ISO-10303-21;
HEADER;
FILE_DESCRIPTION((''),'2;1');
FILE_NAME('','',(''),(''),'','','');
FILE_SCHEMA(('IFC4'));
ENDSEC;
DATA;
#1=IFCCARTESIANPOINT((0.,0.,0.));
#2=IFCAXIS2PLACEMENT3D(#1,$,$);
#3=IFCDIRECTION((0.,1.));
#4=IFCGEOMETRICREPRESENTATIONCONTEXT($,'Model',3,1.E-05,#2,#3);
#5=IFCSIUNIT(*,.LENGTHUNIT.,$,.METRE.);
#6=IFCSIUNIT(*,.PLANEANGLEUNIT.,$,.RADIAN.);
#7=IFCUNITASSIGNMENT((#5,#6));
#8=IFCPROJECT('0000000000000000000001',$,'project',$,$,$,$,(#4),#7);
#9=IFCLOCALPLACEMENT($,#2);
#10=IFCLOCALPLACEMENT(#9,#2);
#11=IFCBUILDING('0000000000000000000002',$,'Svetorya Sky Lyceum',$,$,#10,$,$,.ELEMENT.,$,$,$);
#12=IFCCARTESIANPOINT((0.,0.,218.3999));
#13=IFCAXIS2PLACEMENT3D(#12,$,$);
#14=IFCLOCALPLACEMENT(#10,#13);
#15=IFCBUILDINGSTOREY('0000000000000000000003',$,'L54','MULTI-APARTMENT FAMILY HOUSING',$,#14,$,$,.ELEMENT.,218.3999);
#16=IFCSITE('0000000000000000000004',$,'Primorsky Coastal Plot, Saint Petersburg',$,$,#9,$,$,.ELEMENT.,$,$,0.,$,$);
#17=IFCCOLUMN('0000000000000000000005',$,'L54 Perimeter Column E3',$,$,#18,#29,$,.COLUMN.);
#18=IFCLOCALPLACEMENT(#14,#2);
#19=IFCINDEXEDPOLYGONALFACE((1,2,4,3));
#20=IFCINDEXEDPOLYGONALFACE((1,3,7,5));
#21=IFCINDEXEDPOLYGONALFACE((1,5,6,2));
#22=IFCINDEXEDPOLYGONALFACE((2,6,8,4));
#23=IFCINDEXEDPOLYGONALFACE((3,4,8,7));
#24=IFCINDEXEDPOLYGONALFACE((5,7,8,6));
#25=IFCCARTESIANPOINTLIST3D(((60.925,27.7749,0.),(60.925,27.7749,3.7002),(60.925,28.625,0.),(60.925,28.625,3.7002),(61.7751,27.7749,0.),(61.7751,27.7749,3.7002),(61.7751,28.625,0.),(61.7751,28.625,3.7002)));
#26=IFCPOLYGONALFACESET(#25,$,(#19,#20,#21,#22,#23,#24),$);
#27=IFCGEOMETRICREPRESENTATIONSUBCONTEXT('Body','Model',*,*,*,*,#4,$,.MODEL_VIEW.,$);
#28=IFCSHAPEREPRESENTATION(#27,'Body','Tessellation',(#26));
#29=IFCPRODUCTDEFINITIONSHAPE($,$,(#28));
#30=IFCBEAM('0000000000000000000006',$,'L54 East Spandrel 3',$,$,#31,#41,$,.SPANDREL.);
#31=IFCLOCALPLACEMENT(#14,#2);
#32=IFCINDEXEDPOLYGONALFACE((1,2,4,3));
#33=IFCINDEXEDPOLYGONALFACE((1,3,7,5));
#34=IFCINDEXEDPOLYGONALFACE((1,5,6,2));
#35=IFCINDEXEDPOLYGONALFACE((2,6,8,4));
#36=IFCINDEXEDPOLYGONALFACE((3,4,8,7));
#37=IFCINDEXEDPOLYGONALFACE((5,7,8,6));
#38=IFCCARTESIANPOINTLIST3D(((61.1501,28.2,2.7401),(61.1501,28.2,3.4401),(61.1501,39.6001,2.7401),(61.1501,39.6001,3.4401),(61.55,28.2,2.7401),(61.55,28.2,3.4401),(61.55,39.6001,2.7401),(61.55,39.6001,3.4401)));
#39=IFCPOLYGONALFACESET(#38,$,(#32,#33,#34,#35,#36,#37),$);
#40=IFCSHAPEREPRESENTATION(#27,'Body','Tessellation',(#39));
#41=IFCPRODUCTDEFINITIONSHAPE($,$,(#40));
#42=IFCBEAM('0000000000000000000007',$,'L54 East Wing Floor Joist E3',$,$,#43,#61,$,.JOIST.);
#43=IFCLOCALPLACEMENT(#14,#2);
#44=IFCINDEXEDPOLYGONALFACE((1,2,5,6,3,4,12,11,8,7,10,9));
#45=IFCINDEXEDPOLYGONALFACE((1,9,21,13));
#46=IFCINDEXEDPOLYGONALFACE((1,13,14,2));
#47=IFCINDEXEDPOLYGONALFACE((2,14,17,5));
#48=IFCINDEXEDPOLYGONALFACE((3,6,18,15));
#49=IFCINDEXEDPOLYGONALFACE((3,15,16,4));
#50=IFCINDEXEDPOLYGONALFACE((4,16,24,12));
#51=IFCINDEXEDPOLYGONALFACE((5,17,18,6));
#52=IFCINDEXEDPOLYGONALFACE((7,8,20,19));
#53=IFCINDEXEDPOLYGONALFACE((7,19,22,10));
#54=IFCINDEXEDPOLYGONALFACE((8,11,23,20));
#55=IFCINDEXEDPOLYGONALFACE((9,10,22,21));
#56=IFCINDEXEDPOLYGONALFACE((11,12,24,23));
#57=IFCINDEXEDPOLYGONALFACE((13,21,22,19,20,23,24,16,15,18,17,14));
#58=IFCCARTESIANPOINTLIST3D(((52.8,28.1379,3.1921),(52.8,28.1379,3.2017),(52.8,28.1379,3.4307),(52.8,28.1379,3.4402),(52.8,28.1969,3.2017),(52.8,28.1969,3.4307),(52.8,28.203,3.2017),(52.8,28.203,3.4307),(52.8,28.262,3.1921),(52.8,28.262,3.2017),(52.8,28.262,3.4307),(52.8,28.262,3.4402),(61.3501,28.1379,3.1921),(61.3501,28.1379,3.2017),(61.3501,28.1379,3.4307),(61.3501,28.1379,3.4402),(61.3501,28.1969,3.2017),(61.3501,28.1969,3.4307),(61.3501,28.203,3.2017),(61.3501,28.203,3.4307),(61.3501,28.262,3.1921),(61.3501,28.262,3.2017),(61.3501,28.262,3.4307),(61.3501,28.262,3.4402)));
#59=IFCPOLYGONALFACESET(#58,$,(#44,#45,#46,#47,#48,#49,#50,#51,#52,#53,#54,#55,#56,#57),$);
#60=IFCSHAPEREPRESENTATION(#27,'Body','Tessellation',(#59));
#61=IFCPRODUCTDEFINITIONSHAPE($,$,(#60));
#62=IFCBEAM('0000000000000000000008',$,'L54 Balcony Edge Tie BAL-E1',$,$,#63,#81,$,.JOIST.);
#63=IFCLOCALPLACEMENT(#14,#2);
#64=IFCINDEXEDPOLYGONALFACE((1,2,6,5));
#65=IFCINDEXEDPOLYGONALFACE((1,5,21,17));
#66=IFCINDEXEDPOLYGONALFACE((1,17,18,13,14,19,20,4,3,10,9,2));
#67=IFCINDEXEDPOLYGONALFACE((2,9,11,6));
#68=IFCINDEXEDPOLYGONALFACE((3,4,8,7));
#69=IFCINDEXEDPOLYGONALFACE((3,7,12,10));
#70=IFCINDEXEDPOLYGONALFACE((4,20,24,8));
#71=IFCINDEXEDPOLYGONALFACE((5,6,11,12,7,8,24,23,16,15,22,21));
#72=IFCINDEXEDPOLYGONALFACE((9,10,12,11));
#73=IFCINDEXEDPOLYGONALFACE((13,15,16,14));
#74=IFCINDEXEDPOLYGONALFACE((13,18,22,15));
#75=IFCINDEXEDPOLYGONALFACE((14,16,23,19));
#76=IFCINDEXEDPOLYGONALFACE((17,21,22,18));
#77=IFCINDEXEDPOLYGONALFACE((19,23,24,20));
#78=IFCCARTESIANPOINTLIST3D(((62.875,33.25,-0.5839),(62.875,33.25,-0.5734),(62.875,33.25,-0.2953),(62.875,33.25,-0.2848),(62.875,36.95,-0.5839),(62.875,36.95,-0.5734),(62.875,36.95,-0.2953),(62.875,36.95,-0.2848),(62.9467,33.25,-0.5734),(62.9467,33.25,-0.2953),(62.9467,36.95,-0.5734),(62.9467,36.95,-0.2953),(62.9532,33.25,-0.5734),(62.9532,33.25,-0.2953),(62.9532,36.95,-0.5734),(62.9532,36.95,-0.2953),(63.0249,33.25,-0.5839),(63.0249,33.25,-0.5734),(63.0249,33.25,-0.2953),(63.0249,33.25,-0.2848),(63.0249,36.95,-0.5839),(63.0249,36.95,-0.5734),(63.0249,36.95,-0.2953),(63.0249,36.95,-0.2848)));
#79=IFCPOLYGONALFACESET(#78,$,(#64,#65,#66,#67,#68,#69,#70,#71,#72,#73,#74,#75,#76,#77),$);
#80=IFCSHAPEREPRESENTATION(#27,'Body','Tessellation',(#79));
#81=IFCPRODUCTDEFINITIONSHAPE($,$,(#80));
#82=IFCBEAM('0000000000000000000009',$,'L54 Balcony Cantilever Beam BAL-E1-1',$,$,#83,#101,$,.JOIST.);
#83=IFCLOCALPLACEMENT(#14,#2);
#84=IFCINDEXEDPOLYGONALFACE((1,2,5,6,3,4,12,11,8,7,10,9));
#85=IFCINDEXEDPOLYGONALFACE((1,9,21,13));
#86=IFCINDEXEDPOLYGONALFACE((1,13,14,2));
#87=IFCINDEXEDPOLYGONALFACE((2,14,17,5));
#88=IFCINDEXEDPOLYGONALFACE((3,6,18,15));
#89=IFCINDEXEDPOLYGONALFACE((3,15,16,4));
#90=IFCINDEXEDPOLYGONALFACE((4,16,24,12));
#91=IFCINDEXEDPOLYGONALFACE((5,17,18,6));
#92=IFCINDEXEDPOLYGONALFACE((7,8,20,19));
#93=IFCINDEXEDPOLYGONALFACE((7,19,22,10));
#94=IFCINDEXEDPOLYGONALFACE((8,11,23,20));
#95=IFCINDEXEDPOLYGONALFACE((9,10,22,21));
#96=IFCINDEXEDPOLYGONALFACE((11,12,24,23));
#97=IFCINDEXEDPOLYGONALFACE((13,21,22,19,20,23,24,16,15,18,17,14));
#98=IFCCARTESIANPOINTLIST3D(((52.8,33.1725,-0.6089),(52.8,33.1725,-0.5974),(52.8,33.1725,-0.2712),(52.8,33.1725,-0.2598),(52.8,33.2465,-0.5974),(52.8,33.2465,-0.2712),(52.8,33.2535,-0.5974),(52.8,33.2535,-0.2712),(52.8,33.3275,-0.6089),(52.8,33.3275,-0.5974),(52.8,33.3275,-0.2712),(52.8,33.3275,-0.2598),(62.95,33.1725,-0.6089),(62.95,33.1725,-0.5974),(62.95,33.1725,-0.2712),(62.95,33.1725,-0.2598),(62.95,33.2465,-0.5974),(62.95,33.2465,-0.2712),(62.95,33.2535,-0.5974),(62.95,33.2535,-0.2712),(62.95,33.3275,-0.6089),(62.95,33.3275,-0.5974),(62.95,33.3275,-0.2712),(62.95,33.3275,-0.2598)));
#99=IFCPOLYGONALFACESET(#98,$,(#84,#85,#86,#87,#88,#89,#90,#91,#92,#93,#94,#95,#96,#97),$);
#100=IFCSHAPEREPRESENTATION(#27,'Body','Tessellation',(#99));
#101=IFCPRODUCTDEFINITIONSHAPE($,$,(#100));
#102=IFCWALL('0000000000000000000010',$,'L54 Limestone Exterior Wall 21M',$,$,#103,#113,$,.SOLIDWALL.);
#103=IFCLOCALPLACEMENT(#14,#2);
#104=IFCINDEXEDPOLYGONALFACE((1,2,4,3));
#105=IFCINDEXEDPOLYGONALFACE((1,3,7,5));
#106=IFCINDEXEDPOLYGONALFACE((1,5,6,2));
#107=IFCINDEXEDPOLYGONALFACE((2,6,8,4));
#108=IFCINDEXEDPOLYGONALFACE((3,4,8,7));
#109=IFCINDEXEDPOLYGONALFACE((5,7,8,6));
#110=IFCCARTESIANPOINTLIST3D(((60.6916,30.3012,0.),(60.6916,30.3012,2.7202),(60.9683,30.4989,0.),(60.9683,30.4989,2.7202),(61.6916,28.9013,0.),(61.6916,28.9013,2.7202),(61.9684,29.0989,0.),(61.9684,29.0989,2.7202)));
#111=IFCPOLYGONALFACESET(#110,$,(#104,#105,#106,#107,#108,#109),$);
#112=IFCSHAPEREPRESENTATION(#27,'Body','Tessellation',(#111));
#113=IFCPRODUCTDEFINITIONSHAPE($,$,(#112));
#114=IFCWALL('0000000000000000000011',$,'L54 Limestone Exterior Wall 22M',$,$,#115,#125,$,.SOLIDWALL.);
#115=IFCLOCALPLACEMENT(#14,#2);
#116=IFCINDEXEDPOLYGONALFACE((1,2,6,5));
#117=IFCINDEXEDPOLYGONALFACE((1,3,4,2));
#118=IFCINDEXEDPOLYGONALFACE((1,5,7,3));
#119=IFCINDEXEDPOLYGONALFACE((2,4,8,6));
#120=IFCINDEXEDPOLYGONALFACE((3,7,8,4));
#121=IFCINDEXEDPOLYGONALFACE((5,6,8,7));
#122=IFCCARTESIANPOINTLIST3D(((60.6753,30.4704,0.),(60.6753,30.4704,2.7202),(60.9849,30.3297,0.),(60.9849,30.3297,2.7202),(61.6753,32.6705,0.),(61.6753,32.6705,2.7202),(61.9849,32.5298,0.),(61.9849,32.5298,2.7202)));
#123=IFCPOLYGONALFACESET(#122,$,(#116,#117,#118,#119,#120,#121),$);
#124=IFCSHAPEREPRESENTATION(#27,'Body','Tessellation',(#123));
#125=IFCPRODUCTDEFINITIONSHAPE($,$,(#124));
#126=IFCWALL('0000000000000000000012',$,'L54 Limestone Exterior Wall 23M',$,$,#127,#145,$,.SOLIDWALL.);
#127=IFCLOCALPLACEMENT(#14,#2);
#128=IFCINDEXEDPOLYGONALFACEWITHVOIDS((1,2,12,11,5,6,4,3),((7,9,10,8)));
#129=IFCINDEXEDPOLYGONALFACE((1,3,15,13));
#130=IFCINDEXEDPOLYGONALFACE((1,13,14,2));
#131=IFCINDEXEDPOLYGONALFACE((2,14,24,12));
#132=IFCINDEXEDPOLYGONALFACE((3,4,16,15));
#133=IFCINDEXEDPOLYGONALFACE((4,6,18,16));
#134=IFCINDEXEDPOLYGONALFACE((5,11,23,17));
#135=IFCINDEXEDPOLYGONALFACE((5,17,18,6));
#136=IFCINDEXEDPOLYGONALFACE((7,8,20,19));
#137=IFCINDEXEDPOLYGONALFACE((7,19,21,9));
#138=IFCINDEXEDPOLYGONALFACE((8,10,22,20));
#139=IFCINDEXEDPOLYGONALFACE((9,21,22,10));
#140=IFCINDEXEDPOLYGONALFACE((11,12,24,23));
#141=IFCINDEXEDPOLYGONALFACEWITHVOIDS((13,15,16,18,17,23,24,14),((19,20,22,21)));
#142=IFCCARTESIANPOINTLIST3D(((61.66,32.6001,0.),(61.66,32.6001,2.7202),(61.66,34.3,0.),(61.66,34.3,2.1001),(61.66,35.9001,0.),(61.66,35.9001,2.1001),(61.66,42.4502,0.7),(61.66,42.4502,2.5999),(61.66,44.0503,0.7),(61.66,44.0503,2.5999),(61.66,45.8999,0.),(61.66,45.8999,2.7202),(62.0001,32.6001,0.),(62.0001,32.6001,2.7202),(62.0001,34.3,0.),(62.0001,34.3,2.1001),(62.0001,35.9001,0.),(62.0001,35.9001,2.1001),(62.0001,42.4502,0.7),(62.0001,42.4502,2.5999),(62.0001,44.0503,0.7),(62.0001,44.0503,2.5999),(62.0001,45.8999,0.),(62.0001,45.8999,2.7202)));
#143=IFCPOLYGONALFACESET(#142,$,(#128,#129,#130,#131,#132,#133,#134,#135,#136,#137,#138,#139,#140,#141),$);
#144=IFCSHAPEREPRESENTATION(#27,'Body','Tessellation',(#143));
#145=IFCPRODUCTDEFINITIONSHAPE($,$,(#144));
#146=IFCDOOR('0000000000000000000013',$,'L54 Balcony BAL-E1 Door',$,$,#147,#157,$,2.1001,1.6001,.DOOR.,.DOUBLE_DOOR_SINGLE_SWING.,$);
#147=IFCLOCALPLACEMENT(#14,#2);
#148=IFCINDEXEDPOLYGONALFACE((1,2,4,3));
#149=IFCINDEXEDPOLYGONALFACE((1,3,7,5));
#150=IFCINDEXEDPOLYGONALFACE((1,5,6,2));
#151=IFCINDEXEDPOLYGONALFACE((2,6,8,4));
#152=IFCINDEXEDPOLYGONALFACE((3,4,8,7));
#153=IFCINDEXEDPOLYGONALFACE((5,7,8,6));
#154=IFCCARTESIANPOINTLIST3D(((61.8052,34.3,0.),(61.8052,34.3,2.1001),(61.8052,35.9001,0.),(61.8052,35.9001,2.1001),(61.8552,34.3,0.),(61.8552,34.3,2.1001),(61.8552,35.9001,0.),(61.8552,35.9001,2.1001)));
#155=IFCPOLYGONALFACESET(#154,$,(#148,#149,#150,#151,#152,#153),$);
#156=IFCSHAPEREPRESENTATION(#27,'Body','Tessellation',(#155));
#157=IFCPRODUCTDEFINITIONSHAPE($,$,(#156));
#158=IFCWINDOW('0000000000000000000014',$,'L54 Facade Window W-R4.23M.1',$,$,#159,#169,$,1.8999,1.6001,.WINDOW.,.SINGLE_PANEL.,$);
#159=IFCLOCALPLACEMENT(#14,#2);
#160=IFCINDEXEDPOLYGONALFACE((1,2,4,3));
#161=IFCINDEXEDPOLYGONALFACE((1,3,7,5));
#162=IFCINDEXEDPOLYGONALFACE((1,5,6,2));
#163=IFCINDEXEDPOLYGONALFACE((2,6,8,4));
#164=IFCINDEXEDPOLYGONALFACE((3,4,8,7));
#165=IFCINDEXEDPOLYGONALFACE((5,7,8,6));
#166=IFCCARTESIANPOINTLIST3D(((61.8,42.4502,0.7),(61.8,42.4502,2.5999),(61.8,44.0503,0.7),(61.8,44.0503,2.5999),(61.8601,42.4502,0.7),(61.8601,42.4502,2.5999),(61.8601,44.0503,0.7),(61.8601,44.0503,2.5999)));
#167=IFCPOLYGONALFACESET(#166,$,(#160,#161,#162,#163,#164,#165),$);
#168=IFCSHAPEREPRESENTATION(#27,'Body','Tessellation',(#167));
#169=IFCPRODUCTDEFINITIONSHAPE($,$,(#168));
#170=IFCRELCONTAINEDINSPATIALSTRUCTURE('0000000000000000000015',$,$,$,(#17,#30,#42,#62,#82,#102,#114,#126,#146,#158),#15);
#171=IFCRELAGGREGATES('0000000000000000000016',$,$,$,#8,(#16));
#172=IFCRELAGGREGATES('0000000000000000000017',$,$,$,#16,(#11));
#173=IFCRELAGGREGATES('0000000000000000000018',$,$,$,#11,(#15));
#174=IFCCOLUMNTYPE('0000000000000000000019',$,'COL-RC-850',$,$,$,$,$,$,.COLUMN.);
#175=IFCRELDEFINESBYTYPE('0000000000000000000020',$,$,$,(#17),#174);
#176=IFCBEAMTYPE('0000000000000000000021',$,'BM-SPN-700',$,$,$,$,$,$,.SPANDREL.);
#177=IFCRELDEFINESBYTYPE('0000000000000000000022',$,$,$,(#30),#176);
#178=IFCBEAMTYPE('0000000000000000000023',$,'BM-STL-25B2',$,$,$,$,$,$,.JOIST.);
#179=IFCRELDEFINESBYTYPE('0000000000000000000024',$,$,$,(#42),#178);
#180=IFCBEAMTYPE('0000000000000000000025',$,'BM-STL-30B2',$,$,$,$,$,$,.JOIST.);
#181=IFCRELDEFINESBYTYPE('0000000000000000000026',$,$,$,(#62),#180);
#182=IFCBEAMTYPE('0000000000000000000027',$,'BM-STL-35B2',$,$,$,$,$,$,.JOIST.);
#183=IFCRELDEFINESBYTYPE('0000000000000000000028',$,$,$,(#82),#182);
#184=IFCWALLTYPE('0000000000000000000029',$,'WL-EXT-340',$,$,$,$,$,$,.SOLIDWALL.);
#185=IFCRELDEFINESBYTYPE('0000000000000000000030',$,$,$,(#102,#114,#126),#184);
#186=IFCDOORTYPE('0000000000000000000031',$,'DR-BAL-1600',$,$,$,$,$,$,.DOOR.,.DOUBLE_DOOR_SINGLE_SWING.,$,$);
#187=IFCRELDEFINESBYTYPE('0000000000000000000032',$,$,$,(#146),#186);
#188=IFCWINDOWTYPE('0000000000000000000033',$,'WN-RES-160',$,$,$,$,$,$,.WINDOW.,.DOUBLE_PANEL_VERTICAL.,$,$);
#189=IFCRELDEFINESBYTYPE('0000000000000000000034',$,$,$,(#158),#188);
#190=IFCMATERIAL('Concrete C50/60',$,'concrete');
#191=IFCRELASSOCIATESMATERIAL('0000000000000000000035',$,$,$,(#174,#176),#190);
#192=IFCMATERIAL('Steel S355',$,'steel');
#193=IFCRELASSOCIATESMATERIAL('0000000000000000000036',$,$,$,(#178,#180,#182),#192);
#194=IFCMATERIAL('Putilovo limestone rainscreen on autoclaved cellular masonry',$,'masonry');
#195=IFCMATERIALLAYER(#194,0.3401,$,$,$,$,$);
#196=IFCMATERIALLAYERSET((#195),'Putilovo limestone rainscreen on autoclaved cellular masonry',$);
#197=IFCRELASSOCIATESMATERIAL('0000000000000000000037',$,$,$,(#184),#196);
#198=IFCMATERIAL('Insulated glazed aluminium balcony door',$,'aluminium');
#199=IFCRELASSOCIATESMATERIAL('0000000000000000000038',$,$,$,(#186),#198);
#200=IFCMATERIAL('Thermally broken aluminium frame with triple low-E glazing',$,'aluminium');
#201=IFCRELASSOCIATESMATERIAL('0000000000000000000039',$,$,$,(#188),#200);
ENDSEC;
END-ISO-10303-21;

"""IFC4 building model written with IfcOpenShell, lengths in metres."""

from ifc_helpers import new_model, si_unit, direction, frame, frame_2d, origin, origin_2d, place, context, subcontext, project, spatial, rectangle, i_section, extrude, material, layer, layer_set, material_profile, profile_set, type_object, element, fill, save


model = new_model("IFC4")

# Units and contexts
model_context = context("Model", 3, precision=1e-05, world=origin(), true_north=direction((0.0, 1.0)))
body_context = subcontext(model_context, "Body", "Model", "MODEL_VIEW")
ifc_project = project(units=[si_unit("LENGTHUNIT", "METRE"), si_unit("PLANEANGLEUNIT", "RADIAN")], contexts=[model_context])

# Site, building, storey
site_placement = place(None, origin())
site = spatial("IfcSite", under=ifc_project, at=site_placement, Name="Primorsky Coastal Plot, Saint Petersburg", CompositionType="ELEMENT", RefElevation=0.0)
building_placement = place(site_placement, origin())
building = spatial("IfcBuilding", under=site, at=building_placement, Name="Svetorya Sky Lyceum", CompositionType="ELEMENT")
storey_placement = place(building_placement, frame((0.0, 0.0, 218.3999)))
storey = spatial("IfcBuildingStorey", under=building, at=storey_placement, Name="L54", Description="MULTI-APARTMENT FAMILY HOUSING", CompositionType="ELEMENT", Elevation=218.3999)

# Column
ifc_material_1 = material(Name="Concrete C50/60", Category="concrete")
ifc_material_profile_1 = material_profile(ifc_material_1, rectangle(XDim=0.8501, YDim=0.8501, at=origin_2d()), Name="RC COL 850x850")
ifc_profile_set_1 = profile_set([ifc_material_profile_1], Name="Concrete C50/60")
column_type = type_object("IfcColumnType", Name="COL-RC-850", PredefinedType="COLUMN", material=ifc_profile_set_1)
column_placement = place(storey_placement, frame((61.3501, 28.2, 0.0), z_axis=(0.0, 0.0, 1.0), x_axis=(1.0, 0.0, 0.0)))
element("IfcColumn", 1, at=column_placement, inside=storey, type_object=column_type, Name="L54 Perimeter Column E3", PredefinedType="COLUMN", context=body_context, shape_type="SweptSolid", body=[
    extrude(rectangle(XDim=0.8501, YDim=0.8501, at=origin_2d()), origin(), (0.0, 0.0, 1.0), 3.7002),
])

# Beams
ifc_material_profile_2 = material_profile(ifc_material_1, rectangle(XDim=0.3999, YDim=0.7, at=origin_2d()), Name="RC SPANDREL 400x700")
ifc_profile_set_2 = profile_set([ifc_material_profile_2], Name="Concrete C50/60")
beam_type_1 = type_object("IfcBeamType", Name="BM-SPN-700", PredefinedType="SPANDREL", material=ifc_profile_set_2)
beam_1_placement = place(storey_placement, frame((61.3501, 28.2, 3.0901), z_axis=(0.0, 1.0, 0.0), x_axis=(-1.0, 0.0, 0.0)))
element("IfcBeam", 2, at=beam_1_placement, inside=storey, type_object=beam_type_1, Name="L54 East Spandrel 3", PredefinedType="SPANDREL", context=body_context, shape_type="SweptSolid", body=[
    extrude(rectangle(XDim=0.3999, YDim=0.7, at=origin_2d()), origin(), (0.0, 0.0, 1.0), 11.4001),
])
ifc_material_2 = material(Name="Steel S355", Category="steel")
ifc_material_profile_3 = material_profile(ifc_material_2, i_section(OverallWidth=0.124, OverallDepth=0.248, WebThickness=0.0061, FlangeThickness=0.0095, at=origin_2d()), Name="GOST 25B2")
ifc_profile_set_3 = profile_set([ifc_material_profile_3], Name="Steel S355")
beam_type_2 = type_object("IfcBeamType", Name="BM-STL-25B2", PredefinedType="JOIST", material=ifc_profile_set_3)
beam_2_placement = place(storey_placement, frame((52.8, 28.2, 3.3162), z_axis=(1.0, 0.0, 0.0), x_axis=(0.0, 1.0, 0.0)))
element("IfcBeam", 3, at=beam_2_placement, inside=storey, type_object=beam_type_2, Name="L54 East Wing Floor Joist E3", PredefinedType="JOIST", context=body_context, shape_type="SweptSolid", body=[
    extrude(i_section(OverallWidth=0.124, OverallDepth=0.248, WebThickness=0.0061, FlangeThickness=0.0095, at=origin_2d()), origin(), (0.0, 0.0, 1.0), 8.55),
])
ifc_material_profile_4 = material_profile(ifc_material_2, i_section(OverallWidth=0.1499, OverallDepth=0.2991, WebThickness=0.0066, FlangeThickness=0.0105, at=origin_2d()), Name="GOST 30B2")
ifc_profile_set_4 = profile_set([ifc_material_profile_4], Name="Steel S355")
beam_type_3 = type_object("IfcBeamType", Name="BM-STL-30B2", PredefinedType="JOIST", material=ifc_profile_set_4)
beam_3_placement = place(storey_placement, frame((62.95, 33.25, -0.4343), z_axis=(0.0, 1.0, 0.0), x_axis=(-1.0, 0.0, 0.0)))
element("IfcBeam", 4, at=beam_3_placement, inside=storey, type_object=beam_type_3, Name="L54 Balcony Edge Tie BAL-E1", PredefinedType="JOIST", context=body_context, shape_type="SweptSolid", body=[
    extrude(i_section(OverallWidth=0.1499, OverallDepth=0.2991, WebThickness=0.0066, FlangeThickness=0.0105, at=origin_2d()), origin(), (0.0, 0.0, 1.0), 3.7),
])
ifc_material_profile_5 = material_profile(ifc_material_2, i_section(OverallWidth=0.155, OverallDepth=0.3491, WebThickness=0.0071, FlangeThickness=0.0115, at=origin_2d()), Name="GOST 35B2")
ifc_profile_set_5 = profile_set([ifc_material_profile_5], Name="Steel S355")
beam_type_4 = type_object("IfcBeamType", Name="BM-STL-35B2", PredefinedType="JOIST", material=ifc_profile_set_5)
beam_4_placement = place(storey_placement, frame((52.8, 33.25, -0.4343), z_axis=(1.0, 0.0, 0.0), x_axis=(0.0, 1.0, 0.0)))
element("IfcBeam", 5, at=beam_4_placement, inside=storey, type_object=beam_type_4, Name="L54 Balcony Cantilever Beam BAL-E1-1", PredefinedType="JOIST", context=body_context, shape_type="SweptSolid", body=[
    extrude(i_section(OverallWidth=0.155, OverallDepth=0.3491, WebThickness=0.0071, FlangeThickness=0.0115, at=origin_2d()), origin(), (0.0, 0.0, 1.0), 10.1499),
])

# Walls
ifc_material_3 = material(Name="Putilovo limestone rainscreen on autoclaved cellular masonry", Category="masonry")
ifc_layer_1 = layer(ifc_material_3, 0.3401)
ifc_layer_set_1 = layer_set([ifc_layer_1], Name="Putilovo limestone rainscreen on autoclaved cellular masonry")
wall_type_1 = type_object("IfcWallType", Name="WL-EXT-340", PredefinedType="SOLIDWALL", material=ifc_layer_set_1)
wall_1_placement = place(storey_placement, frame((61.8301, 29.0, 0.0), z_axis=(0.0, 0.0, 1.0), x_axis=(-0.581265, 0.813714, 0.0)))
element("IfcWall", 6, at=wall_1_placement, inside=storey, type_object=wall_type_1, Name="L54 Limestone Exterior Wall 21M", PredefinedType="SOLIDWALL", context=body_context, shape_type="SweptSolid", body=[
    extrude(rectangle(XDim=1.7205, YDim=0.3401, at=frame_2d((0.8604, 0.0))), origin(), (0.0, 0.0, 1.0), 2.7202),
])
wall_2_placement = place(storey_placement, frame((60.8301, 30.3999, 0.0), z_axis=(0.0, 0.0, 1.0), x_axis=(0.413773, 0.91038, 0.0)))
element("IfcWall", 7, at=wall_2_placement, inside=storey, type_object=wall_type_1, Name="L54 Limestone Exterior Wall 22M", PredefinedType="SOLIDWALL", context=body_context, shape_type="SweptSolid", body=[
    extrude(rectangle(XDim=2.4167, YDim=0.3401, at=frame_2d((1.2085, 0.0))), origin(), (0.0, 0.0, 1.0), 2.7202),
])

# Wall, openings, door, window
wall_3_placement = place(storey_placement, frame((61.8301, 32.6001, 0.0), z_axis=(0.0, 0.0, 1.0), x_axis=(0.0, 1.0, 0.0)))
wall_3 = element("IfcWall", 8, at=wall_3_placement, inside=storey, type_object=wall_type_1, Name="L54 Limestone Exterior Wall 23M", PredefinedType="SOLIDWALL", context=body_context, shape_type="SweptSolid", body=[
    extrude(rectangle(XDim=13.2998, YDim=0.3401, at=frame_2d((6.6499, 0.0))), origin(), (0.0, 0.0, 1.0), 2.7202),
])
opening_1_placement = place(wall_3_placement, frame((1.7, 0.0, 0.0)))
opening_1 = element("IfcOpeningElement", 9, at=opening_1_placement, cuts=wall_3, PredefinedType="OPENING", context=body_context, shape_type="SweptSolid", body=[
    extrude(rectangle(XDim=1.6001, YDim=2.1001, at=frame_2d((0.8, 1.05))), frame((0.0, 0.1799, 0.0), z_axis=(0.0, -1.0, 0.0), x_axis=(1.0, 0.0, 0.0)), (0.0, 0.0, 1.0), 0.3601),
])
opening_2_placement = place(wall_3_placement, frame((9.8501, 0.0, 0.7)))
opening_2 = element("IfcOpeningElement", 10, at=opening_2_placement, cuts=wall_3, PredefinedType="OPENING", context=body_context, shape_type="SweptSolid", body=[
    extrude(rectangle(XDim=1.6001, YDim=1.8999, at=frame_2d((0.8, 0.95))), frame((0.0, 0.1799, 0.0), z_axis=(0.0, -1.0, 0.0), x_axis=(1.0, 0.0, 0.0)), (0.0, 0.0, 1.0), 0.3601),
])
ifc_material_4 = material(Name="Insulated glazed aluminium balcony door", Category="aluminium")
door_type_1 = type_object("IfcDoorType", Name="DR-BAL-1600", OperationType="DOUBLE_DOOR_SINGLE_SWING", PredefinedType="DOOR", material=ifc_material_4)
door_1_placement = place(opening_1_placement, origin())
door_1 = element("IfcDoor", 11, at=door_1_placement, inside=storey, type_object=door_type_1, Name="L54 Balcony BAL-E1 Door", OperationType="DOUBLE_DOOR_SINGLE_SWING", OverallHeight=2.1001, OverallWidth=1.6001, PredefinedType="DOOR", context=body_context, shape_type="SweptSolid", body=[
    extrude(rectangle(XDim=1.6001, YDim=2.1001, at=frame_2d((0.8, 1.05))), frame((0.0, 0.0249, 0.0), z_axis=(0.0, -1.0, 0.0), x_axis=(1.0, 0.0, 0.0)), (0.0, 0.0, 1.0), 0.05),
])
fill(opening_1, door_1)
ifc_material_5 = material(Name="Thermally broken aluminium frame with triple low-E glazing", Category="aluminium")
window_type = type_object("IfcWindowType", Name="WN-RES-160", PartitioningType="DOUBLE_PANEL_VERTICAL", PredefinedType="WINDOW", material=ifc_material_5)
window_placement = place(opening_2_placement, origin())
window = element("IfcWindow", 12, at=window_placement, inside=storey, type_object=window_type, Name="L54 Facade Window W-R4.23M.1", OverallHeight=1.8999, OverallWidth=1.6001, PartitioningType="SINGLE_PANEL", PredefinedType="WINDOW", context=body_context, shape_type="SweptSolid", body=[
    extrude(rectangle(XDim=1.6001, YDim=1.8999, at=frame_2d((0.8, 0.95))), frame((0.0, 0.03, 0.0), z_axis=(0.0, -1.0, 0.0), x_axis=(1.0, 0.0, 0.0)), (0.0, 0.0, 1.0), 0.0601),
])
fill(opening_2, window)

save(model, "model.ifc")
